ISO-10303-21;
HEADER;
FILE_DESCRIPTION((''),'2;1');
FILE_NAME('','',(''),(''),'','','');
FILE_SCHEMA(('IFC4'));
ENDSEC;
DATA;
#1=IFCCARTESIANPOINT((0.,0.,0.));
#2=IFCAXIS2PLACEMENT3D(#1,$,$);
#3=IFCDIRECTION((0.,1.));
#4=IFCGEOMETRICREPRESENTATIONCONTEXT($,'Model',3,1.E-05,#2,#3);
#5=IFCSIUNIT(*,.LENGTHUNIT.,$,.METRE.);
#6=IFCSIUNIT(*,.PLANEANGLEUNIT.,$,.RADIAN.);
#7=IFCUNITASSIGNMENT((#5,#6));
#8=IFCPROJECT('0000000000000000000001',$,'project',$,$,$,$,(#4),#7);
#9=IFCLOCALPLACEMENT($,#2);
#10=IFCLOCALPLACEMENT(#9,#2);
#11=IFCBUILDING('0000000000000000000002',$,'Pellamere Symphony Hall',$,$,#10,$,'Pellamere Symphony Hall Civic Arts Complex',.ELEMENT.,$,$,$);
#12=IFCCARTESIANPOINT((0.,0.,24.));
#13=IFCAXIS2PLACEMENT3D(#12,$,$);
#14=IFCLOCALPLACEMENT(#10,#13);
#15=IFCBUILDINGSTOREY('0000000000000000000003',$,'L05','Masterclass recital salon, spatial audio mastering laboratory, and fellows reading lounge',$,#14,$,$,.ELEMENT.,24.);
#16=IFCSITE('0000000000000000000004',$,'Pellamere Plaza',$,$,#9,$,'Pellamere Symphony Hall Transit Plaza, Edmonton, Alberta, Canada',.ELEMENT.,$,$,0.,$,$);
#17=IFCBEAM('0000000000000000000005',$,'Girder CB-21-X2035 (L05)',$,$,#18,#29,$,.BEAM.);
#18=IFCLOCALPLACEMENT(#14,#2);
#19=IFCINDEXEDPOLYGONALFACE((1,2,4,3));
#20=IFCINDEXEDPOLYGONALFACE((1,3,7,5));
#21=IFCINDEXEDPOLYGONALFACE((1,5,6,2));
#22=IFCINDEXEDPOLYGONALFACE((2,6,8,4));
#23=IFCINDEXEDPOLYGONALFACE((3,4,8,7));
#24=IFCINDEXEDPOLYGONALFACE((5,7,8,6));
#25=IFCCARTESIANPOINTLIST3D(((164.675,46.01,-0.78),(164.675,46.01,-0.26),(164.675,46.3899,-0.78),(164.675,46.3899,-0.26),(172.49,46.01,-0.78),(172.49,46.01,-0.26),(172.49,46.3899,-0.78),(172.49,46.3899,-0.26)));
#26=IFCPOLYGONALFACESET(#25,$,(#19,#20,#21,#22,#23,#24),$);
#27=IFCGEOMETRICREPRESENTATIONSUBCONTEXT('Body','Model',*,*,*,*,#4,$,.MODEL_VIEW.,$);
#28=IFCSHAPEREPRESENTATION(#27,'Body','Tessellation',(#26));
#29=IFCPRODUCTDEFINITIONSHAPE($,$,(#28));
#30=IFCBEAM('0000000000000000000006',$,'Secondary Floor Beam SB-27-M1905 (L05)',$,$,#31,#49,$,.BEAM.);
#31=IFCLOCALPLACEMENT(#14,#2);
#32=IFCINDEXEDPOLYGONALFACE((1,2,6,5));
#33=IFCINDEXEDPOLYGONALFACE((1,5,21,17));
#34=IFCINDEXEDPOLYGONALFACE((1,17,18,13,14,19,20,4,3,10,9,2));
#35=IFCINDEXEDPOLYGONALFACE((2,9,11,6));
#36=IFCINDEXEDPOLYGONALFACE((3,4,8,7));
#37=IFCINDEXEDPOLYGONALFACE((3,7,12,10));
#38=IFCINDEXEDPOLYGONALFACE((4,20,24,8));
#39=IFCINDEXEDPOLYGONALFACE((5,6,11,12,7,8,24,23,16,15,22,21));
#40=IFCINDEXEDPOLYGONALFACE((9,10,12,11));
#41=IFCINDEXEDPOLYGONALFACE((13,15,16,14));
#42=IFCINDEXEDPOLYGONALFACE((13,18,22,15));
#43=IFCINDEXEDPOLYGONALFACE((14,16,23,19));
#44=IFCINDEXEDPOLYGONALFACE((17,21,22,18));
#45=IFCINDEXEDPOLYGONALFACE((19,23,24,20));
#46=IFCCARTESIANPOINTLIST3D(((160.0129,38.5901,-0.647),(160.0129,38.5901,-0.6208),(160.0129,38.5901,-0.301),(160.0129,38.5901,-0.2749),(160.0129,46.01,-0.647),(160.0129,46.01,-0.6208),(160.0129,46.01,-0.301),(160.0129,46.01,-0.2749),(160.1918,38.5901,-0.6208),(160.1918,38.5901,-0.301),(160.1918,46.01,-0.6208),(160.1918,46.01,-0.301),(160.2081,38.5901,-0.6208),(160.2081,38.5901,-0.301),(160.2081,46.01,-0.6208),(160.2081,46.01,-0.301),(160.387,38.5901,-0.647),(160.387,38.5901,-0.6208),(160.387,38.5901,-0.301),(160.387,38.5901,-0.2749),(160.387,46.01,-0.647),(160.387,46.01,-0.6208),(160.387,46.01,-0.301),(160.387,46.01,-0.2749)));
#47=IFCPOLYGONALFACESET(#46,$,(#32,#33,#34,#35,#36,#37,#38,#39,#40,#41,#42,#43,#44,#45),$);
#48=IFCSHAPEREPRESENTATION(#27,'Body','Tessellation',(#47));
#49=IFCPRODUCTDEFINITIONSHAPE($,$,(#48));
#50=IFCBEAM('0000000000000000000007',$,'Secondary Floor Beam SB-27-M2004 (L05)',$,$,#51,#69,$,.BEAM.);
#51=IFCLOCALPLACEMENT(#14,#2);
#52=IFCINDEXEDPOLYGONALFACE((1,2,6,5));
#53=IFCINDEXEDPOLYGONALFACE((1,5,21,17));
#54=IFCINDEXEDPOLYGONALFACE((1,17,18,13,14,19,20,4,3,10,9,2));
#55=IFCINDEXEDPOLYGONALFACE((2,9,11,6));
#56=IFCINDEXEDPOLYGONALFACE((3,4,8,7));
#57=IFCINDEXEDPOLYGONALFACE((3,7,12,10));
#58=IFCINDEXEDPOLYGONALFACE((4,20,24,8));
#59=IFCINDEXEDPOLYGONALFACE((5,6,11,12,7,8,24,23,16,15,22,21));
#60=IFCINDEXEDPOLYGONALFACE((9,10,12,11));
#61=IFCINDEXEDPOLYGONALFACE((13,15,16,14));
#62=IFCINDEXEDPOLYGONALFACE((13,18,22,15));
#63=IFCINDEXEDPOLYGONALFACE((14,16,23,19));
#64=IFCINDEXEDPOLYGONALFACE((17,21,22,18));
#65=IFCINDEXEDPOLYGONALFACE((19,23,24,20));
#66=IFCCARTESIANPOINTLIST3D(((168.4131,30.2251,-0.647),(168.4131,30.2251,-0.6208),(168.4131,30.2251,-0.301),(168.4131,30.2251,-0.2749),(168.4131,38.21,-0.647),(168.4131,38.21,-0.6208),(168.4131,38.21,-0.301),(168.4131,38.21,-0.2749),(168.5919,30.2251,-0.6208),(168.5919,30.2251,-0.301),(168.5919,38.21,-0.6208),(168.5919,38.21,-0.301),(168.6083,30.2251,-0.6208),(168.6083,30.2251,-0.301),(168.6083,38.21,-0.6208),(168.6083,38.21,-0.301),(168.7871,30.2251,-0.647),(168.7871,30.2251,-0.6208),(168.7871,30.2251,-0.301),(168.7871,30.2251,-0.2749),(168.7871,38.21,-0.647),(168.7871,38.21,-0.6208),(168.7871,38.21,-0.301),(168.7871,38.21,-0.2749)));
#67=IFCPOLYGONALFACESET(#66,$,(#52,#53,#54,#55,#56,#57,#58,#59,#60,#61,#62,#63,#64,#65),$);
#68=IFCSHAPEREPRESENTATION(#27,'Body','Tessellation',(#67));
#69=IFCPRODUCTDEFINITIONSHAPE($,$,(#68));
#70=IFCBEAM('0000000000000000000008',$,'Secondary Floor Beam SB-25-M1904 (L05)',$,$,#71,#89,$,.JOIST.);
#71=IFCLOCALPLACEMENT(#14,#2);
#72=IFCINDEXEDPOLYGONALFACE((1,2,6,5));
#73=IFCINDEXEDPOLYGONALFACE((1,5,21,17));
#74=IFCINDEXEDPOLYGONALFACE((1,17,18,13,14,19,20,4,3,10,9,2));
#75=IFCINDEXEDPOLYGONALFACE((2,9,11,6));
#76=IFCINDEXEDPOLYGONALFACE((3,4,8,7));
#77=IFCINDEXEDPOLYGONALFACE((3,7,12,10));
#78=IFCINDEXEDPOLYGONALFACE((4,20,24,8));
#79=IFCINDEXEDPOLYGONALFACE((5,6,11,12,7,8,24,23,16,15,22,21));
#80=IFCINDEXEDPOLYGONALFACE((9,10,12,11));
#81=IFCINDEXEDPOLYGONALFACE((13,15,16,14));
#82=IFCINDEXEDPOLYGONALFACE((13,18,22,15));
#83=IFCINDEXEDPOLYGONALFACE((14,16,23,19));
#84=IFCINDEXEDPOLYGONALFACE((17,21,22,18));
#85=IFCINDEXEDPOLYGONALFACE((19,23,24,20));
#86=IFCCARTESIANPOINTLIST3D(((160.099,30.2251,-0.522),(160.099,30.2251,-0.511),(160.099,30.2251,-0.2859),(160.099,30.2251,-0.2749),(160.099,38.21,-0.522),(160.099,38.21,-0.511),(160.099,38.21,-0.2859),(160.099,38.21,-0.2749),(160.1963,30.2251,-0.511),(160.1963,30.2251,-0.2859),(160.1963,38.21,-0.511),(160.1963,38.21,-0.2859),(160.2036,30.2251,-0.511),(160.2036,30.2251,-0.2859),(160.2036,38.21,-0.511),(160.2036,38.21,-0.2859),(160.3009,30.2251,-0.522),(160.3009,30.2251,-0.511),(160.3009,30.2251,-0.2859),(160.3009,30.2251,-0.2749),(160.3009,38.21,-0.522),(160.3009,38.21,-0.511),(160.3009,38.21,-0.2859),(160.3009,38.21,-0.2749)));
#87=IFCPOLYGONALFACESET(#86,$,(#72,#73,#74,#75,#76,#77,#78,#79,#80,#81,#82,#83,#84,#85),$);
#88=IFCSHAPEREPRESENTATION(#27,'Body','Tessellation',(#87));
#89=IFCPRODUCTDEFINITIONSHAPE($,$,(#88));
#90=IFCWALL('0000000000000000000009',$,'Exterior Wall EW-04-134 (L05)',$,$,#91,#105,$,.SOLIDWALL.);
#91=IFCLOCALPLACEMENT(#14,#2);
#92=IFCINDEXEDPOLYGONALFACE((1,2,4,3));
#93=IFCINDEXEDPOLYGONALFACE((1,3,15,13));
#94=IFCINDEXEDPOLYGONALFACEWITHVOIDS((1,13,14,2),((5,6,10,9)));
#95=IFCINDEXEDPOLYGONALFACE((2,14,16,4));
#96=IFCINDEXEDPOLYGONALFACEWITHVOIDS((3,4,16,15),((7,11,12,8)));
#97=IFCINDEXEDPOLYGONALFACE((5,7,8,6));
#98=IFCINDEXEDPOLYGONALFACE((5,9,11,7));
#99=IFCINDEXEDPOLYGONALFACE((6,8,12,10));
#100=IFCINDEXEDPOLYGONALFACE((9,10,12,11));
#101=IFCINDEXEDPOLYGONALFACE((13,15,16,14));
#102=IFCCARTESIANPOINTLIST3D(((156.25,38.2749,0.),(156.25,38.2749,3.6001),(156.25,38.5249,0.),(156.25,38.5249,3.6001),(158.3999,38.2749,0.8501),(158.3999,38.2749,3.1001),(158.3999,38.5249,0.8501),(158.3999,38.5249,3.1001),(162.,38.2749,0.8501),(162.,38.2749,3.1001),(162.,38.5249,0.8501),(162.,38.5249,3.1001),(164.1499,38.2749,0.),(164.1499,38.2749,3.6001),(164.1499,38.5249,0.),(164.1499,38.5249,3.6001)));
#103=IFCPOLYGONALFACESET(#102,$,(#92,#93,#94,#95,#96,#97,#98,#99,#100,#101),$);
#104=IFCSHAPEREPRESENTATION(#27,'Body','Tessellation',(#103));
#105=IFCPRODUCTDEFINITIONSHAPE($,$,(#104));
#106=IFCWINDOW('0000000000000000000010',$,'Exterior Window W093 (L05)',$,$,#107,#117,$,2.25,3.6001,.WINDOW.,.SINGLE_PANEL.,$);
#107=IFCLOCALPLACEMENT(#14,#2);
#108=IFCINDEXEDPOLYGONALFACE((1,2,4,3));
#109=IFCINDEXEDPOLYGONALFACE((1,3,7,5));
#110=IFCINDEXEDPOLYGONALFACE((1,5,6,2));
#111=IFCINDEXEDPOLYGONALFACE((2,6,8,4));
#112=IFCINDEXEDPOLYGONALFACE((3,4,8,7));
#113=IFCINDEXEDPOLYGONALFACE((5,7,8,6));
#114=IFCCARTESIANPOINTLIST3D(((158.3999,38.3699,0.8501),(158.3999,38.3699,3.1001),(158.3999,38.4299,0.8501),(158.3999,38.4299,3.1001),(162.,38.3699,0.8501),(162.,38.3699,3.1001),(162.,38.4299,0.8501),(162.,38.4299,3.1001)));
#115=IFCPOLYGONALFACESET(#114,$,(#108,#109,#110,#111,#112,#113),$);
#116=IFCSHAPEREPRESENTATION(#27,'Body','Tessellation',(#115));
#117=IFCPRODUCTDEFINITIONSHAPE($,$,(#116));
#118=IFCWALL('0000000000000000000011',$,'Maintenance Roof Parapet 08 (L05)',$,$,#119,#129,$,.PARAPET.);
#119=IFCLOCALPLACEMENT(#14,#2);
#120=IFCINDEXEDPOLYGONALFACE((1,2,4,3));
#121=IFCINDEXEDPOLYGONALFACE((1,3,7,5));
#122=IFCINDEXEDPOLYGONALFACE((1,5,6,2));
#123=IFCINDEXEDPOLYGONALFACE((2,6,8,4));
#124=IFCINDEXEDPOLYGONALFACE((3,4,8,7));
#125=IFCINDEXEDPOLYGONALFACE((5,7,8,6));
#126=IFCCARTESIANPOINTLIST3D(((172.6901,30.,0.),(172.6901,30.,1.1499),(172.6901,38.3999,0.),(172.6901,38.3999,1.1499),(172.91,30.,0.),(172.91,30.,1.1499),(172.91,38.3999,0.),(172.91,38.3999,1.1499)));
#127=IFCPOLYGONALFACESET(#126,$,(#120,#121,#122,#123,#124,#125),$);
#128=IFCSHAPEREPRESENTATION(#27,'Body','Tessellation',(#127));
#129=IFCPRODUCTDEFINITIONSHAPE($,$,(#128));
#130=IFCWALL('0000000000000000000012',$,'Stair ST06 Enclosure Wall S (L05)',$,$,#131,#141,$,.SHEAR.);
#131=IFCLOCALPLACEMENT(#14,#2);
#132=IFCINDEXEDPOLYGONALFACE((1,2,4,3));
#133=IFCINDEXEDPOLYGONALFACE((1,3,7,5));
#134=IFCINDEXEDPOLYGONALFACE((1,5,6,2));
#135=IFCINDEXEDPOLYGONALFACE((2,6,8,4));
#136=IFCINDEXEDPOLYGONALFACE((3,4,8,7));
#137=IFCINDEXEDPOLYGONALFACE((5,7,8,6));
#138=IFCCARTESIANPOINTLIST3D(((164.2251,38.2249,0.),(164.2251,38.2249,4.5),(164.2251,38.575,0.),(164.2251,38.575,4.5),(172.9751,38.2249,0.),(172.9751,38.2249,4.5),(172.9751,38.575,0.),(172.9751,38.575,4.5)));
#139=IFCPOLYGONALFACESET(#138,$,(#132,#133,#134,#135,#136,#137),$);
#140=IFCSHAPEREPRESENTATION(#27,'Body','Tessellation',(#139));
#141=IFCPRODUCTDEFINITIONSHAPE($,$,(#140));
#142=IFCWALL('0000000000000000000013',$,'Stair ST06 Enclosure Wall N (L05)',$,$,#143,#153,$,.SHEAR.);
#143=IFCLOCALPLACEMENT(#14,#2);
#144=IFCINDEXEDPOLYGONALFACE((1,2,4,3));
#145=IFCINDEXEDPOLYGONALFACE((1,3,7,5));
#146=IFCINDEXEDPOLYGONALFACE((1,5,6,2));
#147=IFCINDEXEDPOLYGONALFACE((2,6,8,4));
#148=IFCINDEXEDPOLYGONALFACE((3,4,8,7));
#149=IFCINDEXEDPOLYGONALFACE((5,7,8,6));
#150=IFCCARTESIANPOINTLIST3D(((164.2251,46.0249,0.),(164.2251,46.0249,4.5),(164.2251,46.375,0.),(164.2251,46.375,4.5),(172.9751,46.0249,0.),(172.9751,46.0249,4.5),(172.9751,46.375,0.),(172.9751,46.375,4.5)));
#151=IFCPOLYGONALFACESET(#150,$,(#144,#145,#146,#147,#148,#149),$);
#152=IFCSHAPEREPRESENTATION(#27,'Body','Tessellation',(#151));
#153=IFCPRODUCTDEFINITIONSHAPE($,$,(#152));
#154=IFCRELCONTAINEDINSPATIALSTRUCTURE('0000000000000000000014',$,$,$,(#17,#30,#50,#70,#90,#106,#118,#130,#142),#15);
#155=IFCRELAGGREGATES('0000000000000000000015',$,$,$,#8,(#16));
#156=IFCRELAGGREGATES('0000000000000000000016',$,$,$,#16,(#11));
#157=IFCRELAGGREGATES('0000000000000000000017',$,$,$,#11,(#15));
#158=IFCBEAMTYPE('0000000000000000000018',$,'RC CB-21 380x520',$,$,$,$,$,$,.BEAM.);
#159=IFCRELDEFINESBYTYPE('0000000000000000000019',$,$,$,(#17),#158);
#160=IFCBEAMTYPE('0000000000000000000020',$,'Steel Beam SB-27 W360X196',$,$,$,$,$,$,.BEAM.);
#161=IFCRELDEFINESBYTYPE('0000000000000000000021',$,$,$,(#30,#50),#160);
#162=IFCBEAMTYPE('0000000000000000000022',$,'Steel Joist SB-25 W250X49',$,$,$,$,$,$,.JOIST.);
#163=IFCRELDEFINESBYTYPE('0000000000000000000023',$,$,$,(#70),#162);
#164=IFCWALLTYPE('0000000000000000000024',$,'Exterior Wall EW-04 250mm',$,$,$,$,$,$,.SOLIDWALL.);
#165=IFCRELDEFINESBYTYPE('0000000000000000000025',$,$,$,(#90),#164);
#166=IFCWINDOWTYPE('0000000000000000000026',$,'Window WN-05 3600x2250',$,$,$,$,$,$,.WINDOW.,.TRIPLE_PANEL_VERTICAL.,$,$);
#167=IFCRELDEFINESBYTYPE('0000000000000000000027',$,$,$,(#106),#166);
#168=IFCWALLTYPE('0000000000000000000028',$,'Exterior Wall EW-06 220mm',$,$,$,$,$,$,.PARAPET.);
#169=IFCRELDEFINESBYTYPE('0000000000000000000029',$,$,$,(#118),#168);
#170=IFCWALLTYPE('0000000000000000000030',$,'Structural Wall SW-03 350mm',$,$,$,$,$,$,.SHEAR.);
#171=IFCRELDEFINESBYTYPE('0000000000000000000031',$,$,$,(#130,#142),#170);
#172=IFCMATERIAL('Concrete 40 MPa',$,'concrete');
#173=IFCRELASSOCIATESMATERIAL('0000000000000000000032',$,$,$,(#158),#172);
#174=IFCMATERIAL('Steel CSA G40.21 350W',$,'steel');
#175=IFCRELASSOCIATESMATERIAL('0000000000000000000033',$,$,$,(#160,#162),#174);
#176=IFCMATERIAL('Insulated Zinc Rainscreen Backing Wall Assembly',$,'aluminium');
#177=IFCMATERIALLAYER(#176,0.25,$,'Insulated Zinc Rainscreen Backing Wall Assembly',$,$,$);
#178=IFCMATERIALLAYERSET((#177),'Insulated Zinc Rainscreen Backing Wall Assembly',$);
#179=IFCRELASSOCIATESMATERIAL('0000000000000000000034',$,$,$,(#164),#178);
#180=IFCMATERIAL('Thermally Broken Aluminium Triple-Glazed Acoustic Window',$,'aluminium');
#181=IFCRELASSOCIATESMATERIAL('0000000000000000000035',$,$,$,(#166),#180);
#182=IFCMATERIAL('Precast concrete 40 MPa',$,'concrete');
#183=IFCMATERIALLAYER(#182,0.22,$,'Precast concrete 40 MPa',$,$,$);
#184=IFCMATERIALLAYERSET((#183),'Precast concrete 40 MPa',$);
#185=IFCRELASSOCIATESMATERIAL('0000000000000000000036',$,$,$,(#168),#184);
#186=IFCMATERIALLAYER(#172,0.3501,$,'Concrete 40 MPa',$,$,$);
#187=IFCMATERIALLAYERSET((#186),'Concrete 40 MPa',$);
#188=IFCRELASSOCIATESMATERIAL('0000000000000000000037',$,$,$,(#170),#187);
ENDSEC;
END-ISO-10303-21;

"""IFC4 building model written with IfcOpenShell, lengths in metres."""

from ifc_helpers import new_model, si_unit, direction, frame, frame_2d, origin, origin_2d, place, context, subcontext, project, spatial, rectangle, i_section, extrude, material, layer, layer_set, material_profile, profile_set, type_object, element, fill, save


model = new_model("IFC4")

# Units and contexts
model_context = context("Model", 3, precision=1e-05, world=origin(), true_north=direction((0.0, 1.0)))
body_context = subcontext(model_context, "Body", "Model", "MODEL_VIEW")
ifc_project = project(units=[si_unit("LENGTHUNIT", "METRE"), si_unit("PLANEANGLEUNIT", "RADIAN")], contexts=[model_context])

# Site, building, storey
site_placement = place(None, origin())
site = spatial("IfcSite", under=ifc_project, at=site_placement, Name="Pellamere Plaza", LongName="Pellamere Symphony Hall Transit Plaza, Edmonton, Alberta, Canada", CompositionType="ELEMENT", RefElevation=0.0)
building_placement = place(site_placement, origin())
building = spatial("IfcBuilding", under=site, at=building_placement, Name="Pellamere Symphony Hall", LongName="Pellamere Symphony Hall Civic Arts Complex", CompositionType="ELEMENT")
storey_placement = place(building_placement, frame((0.0, 0.0, 24.0)))
storey = spatial("IfcBuildingStorey", under=building, at=storey_placement, Name="L05", Description="Masterclass recital salon, spatial audio mastering laboratory, and fellows reading lounge", CompositionType="ELEMENT", Elevation=24.0)

# Beams
ifc_material_1 = material(Name="Concrete 40 MPa", Category="concrete")
ifc_material_profile_1 = material_profile(ifc_material_1, rectangle(XDim=0.3799, YDim=0.52, at=origin_2d()), Name="RC 380x520")
ifc_profile_set_1 = profile_set([ifc_material_profile_1], Name="Concrete 40 MPa")
beam_type_1 = type_object("IfcBeamType", Name="RC CB-21 380x520", PredefinedType="BEAM", material=ifc_profile_set_1)
beam_1_placement = place(storey_placement, frame((164.675, 46.2, -0.52), z_axis=(1.0, 0.0, 0.0), x_axis=(0.0, 1.0, 0.0)))
element("IfcBeam", 1, at=beam_1_placement, inside=storey, type_object=beam_type_1, Name="Girder CB-21-X2035 (L05)", PredefinedType="BEAM", context=body_context, shape_type="SweptSolid", body=[
    extrude(rectangle(XDim=0.3799, YDim=0.52, at=origin_2d()), origin(), (0.0, 0.0, 1.0), 7.8149),
])
ifc_material_2 = material(Name="Steel CSA G40.21 350W", Category="steel")
ifc_material_profile_2 = material_profile(ifc_material_2, i_section(OverallWidth=0.374, OverallDepth=0.3721, WebThickness=0.0164, FlangeThickness=0.0261, at=origin_2d()), Name="W360X196")
ifc_profile_set_2 = profile_set([ifc_material_profile_2], Name="Steel CSA G40.21 350W")
beam_type_2 = type_object("IfcBeamType", Name="Steel Beam SB-27 W360X196", PredefinedType="BEAM", material=ifc_profile_set_2)
beam_2_placement = place(storey_placement, frame((160.2, 38.5901, -0.4609), z_axis=(0.0, 1.0, 0.0), x_axis=(-1.0, 0.0, 0.0)))
element("IfcBeam", 2, at=beam_2_placement, inside=storey, type_object=beam_type_2, Name="Secondary Floor Beam SB-27-M1905 (L05)", PredefinedType="BEAM", context=body_context, shape_type="SweptSolid", body=[
    extrude(i_section(OverallWidth=0.374, OverallDepth=0.3721, WebThickness=0.0164, FlangeThickness=0.0261, at=origin_2d()), origin(), (0.0, 0.0, 1.0), 7.4199),
])
beam_3_placement = place(storey_placement, frame((168.6001, 30.2251, -0.4609), z_axis=(0.0, 1.0, 0.0), x_axis=(-1.0, 0.0, 0.0)))
element("IfcBeam", 3, at=beam_3_placement, inside=storey, type_object=beam_type_2, Name="Secondary Floor Beam SB-27-M2004 (L05)", PredefinedType="BEAM", context=body_context, shape_type="SweptSolid", body=[
    extrude(i_section(OverallWidth=0.374, OverallDepth=0.3721, WebThickness=0.0164, FlangeThickness=0.0261, at=origin_2d()), origin(), (0.0, 0.0, 1.0), 7.9849),
])
ifc_material_profile_3 = material_profile(ifc_material_2, i_section(OverallWidth=0.2019, OverallDepth=0.2471, WebThickness=0.0073, FlangeThickness=0.011, at=origin_2d()), Name="W250X49")
ifc_profile_set_3 = profile_set([ifc_material_profile_3], Name="Steel CSA G40.21 350W")
beam_type_3 = type_object("IfcBeamType", Name="Steel Joist SB-25 W250X49", PredefinedType="JOIST", material=ifc_profile_set_3)
beam_4_placement = place(storey_placement, frame((160.2, 30.2251, -0.3984), z_axis=(0.0, 1.0, 0.0), x_axis=(-1.0, 0.0, 0.0)))
element("IfcBeam", 4, at=beam_4_placement, inside=storey, type_object=beam_type_3, Name="Secondary Floor Beam SB-25-M1904 (L05)", PredefinedType="JOIST", context=body_context, shape_type="SweptSolid", body=[
    extrude(i_section(OverallWidth=0.2019, OverallDepth=0.2471, WebThickness=0.0073, FlangeThickness=0.011, at=origin_2d()), origin(), (0.0, 0.0, 1.0), 7.9849),
])

# Wall, opening, window
ifc_material_3 = material(Name="Insulated Zinc Rainscreen Backing Wall Assembly", Category="aluminium")
ifc_layer_1 = layer(ifc_material_3, 0.25, Name="Insulated Zinc Rainscreen Backing Wall Assembly")
ifc_layer_set_1 = layer_set([ifc_layer_1], Name="Insulated Zinc Rainscreen Backing Wall Assembly")
wall_type_1 = type_object("IfcWallType", Name="Exterior Wall EW-04 250mm", PredefinedType="SOLIDWALL", material=ifc_layer_set_1)
wall_1_placement = place(storey_placement, frame((156.25, 38.3999, 0.0), z_axis=(0.0, 0.0, 1.0), x_axis=(1.0, 0.0, 0.0)))
wall_1 = element("IfcWall", 5, at=wall_1_placement, inside=storey, type_object=wall_type_1, Name="Exterior Wall EW-04-134 (L05)", PredefinedType="SOLIDWALL", context=body_context, shape_type="SweptSolid", body=[
    extrude(rectangle(XDim=7.8999, YDim=0.25, at=frame_2d((3.95, 0.0))), origin(), (0.0, 0.0, 1.0), 3.6001),
])
opening_1_placement = place(wall_1_placement, frame((2.1499, 0.0, 0.8501)))
opening_1 = element("IfcOpeningElement", 6, at=opening_1_placement, cuts=wall_1, PredefinedType="OPENING", context=body_context, shape_type="SweptSolid", body=[
    extrude(rectangle(XDim=3.6001, YDim=2.25, at=frame_2d((1.8, 1.125))), frame((0.0, 0.135, 0.0), z_axis=(0.0, -1.0, 0.0), x_axis=(1.0, 0.0, 0.0)), (0.0, 0.0, 1.0), 0.27),
])
ifc_material_4 = material(Name="Thermally Broken Aluminium Triple-Glazed Acoustic Window", Category="aluminium")
window_type = type_object("IfcWindowType", Name="Window WN-05 3600x2250", PartitioningType="TRIPLE_PANEL_VERTICAL", PredefinedType="WINDOW", material=ifc_material_4)
window_placement = place(opening_1_placement, origin())
window = element("IfcWindow", 7, at=window_placement, inside=storey, type_object=window_type, Name="Exterior Window W093 (L05)", OverallHeight=2.25, OverallWidth=3.6001, PartitioningType="SINGLE_PANEL", PredefinedType="WINDOW", context=body_context, shape_type="SweptSolid", body=[
    extrude(rectangle(XDim=3.6001, YDim=2.25, at=frame_2d((1.8, 1.125))), frame((0.0, 0.03, 0.0), z_axis=(0.0, -1.0, 0.0), x_axis=(1.0, 0.0, 0.0)), (0.0, 0.0, 1.0), 0.0601),
])
fill(opening_1, window)

# Walls
ifc_material_5 = material(Name="Precast concrete 40 MPa", Category="concrete")
ifc_layer_2 = layer(ifc_material_5, 0.22, Name="Precast concrete 40 MPa")
ifc_layer_set_2 = layer_set([ifc_layer_2], Name="Precast concrete 40 MPa")
wall_type_2 = type_object("IfcWallType", Name="Exterior Wall EW-06 220mm", PredefinedType="PARAPET", material=ifc_layer_set_2)
wall_2_placement = place(storey_placement, frame((172.8, 30.0, 0.0), z_axis=(0.0, 0.0, 1.0), x_axis=(0.0, 1.0, 0.0)))
element("IfcWall", 8, at=wall_2_placement, inside=storey, type_object=wall_type_2, Name="Maintenance Roof Parapet 08 (L05)", PredefinedType="PARAPET", context=body_context, shape_type="SweptSolid", body=[
    extrude(rectangle(XDim=8.3999, YDim=0.22, at=frame_2d((4.2, 0.0))), origin(), (0.0, 0.0, 1.0), 1.1499),
])
ifc_layer_3 = layer(ifc_material_1, 0.3501, Name="Concrete 40 MPa")
ifc_layer_set_3 = layer_set([ifc_layer_3], Name="Concrete 40 MPa")
wall_type_3 = type_object("IfcWallType", Name="Structural Wall SW-03 350mm", PredefinedType="SHEAR", material=ifc_layer_set_3)
for number, where, z_axis, x_axis, name in (
    (9, (164.2251, 38.3999, 0.0), (0.0, 0.0, 1.0), (1.0, 0.0, 0.0), "Stair ST06 Enclosure Wall S (L05)"),
    (10, (164.2251, 46.2, 0.0), (0.0, 0.0, 1.0), (1.0, 0.0, 0.0), "Stair ST06 Enclosure Wall N (L05)"),
):
    element("IfcWall", number, at=place(storey_placement, frame(where, z_axis=z_axis, x_axis=x_axis)), inside=storey, type_object=wall_type_3, Name=name, PredefinedType="SHEAR", context=body_context, shape_type="SweptSolid", body=[
        extrude(rectangle(XDim=8.75, YDim=0.3501, at=frame_2d((4.375, 0.0))), origin(), (0.0, 0.0, 1.0), 4.5),
    ])

save(model, "model.ifc")
